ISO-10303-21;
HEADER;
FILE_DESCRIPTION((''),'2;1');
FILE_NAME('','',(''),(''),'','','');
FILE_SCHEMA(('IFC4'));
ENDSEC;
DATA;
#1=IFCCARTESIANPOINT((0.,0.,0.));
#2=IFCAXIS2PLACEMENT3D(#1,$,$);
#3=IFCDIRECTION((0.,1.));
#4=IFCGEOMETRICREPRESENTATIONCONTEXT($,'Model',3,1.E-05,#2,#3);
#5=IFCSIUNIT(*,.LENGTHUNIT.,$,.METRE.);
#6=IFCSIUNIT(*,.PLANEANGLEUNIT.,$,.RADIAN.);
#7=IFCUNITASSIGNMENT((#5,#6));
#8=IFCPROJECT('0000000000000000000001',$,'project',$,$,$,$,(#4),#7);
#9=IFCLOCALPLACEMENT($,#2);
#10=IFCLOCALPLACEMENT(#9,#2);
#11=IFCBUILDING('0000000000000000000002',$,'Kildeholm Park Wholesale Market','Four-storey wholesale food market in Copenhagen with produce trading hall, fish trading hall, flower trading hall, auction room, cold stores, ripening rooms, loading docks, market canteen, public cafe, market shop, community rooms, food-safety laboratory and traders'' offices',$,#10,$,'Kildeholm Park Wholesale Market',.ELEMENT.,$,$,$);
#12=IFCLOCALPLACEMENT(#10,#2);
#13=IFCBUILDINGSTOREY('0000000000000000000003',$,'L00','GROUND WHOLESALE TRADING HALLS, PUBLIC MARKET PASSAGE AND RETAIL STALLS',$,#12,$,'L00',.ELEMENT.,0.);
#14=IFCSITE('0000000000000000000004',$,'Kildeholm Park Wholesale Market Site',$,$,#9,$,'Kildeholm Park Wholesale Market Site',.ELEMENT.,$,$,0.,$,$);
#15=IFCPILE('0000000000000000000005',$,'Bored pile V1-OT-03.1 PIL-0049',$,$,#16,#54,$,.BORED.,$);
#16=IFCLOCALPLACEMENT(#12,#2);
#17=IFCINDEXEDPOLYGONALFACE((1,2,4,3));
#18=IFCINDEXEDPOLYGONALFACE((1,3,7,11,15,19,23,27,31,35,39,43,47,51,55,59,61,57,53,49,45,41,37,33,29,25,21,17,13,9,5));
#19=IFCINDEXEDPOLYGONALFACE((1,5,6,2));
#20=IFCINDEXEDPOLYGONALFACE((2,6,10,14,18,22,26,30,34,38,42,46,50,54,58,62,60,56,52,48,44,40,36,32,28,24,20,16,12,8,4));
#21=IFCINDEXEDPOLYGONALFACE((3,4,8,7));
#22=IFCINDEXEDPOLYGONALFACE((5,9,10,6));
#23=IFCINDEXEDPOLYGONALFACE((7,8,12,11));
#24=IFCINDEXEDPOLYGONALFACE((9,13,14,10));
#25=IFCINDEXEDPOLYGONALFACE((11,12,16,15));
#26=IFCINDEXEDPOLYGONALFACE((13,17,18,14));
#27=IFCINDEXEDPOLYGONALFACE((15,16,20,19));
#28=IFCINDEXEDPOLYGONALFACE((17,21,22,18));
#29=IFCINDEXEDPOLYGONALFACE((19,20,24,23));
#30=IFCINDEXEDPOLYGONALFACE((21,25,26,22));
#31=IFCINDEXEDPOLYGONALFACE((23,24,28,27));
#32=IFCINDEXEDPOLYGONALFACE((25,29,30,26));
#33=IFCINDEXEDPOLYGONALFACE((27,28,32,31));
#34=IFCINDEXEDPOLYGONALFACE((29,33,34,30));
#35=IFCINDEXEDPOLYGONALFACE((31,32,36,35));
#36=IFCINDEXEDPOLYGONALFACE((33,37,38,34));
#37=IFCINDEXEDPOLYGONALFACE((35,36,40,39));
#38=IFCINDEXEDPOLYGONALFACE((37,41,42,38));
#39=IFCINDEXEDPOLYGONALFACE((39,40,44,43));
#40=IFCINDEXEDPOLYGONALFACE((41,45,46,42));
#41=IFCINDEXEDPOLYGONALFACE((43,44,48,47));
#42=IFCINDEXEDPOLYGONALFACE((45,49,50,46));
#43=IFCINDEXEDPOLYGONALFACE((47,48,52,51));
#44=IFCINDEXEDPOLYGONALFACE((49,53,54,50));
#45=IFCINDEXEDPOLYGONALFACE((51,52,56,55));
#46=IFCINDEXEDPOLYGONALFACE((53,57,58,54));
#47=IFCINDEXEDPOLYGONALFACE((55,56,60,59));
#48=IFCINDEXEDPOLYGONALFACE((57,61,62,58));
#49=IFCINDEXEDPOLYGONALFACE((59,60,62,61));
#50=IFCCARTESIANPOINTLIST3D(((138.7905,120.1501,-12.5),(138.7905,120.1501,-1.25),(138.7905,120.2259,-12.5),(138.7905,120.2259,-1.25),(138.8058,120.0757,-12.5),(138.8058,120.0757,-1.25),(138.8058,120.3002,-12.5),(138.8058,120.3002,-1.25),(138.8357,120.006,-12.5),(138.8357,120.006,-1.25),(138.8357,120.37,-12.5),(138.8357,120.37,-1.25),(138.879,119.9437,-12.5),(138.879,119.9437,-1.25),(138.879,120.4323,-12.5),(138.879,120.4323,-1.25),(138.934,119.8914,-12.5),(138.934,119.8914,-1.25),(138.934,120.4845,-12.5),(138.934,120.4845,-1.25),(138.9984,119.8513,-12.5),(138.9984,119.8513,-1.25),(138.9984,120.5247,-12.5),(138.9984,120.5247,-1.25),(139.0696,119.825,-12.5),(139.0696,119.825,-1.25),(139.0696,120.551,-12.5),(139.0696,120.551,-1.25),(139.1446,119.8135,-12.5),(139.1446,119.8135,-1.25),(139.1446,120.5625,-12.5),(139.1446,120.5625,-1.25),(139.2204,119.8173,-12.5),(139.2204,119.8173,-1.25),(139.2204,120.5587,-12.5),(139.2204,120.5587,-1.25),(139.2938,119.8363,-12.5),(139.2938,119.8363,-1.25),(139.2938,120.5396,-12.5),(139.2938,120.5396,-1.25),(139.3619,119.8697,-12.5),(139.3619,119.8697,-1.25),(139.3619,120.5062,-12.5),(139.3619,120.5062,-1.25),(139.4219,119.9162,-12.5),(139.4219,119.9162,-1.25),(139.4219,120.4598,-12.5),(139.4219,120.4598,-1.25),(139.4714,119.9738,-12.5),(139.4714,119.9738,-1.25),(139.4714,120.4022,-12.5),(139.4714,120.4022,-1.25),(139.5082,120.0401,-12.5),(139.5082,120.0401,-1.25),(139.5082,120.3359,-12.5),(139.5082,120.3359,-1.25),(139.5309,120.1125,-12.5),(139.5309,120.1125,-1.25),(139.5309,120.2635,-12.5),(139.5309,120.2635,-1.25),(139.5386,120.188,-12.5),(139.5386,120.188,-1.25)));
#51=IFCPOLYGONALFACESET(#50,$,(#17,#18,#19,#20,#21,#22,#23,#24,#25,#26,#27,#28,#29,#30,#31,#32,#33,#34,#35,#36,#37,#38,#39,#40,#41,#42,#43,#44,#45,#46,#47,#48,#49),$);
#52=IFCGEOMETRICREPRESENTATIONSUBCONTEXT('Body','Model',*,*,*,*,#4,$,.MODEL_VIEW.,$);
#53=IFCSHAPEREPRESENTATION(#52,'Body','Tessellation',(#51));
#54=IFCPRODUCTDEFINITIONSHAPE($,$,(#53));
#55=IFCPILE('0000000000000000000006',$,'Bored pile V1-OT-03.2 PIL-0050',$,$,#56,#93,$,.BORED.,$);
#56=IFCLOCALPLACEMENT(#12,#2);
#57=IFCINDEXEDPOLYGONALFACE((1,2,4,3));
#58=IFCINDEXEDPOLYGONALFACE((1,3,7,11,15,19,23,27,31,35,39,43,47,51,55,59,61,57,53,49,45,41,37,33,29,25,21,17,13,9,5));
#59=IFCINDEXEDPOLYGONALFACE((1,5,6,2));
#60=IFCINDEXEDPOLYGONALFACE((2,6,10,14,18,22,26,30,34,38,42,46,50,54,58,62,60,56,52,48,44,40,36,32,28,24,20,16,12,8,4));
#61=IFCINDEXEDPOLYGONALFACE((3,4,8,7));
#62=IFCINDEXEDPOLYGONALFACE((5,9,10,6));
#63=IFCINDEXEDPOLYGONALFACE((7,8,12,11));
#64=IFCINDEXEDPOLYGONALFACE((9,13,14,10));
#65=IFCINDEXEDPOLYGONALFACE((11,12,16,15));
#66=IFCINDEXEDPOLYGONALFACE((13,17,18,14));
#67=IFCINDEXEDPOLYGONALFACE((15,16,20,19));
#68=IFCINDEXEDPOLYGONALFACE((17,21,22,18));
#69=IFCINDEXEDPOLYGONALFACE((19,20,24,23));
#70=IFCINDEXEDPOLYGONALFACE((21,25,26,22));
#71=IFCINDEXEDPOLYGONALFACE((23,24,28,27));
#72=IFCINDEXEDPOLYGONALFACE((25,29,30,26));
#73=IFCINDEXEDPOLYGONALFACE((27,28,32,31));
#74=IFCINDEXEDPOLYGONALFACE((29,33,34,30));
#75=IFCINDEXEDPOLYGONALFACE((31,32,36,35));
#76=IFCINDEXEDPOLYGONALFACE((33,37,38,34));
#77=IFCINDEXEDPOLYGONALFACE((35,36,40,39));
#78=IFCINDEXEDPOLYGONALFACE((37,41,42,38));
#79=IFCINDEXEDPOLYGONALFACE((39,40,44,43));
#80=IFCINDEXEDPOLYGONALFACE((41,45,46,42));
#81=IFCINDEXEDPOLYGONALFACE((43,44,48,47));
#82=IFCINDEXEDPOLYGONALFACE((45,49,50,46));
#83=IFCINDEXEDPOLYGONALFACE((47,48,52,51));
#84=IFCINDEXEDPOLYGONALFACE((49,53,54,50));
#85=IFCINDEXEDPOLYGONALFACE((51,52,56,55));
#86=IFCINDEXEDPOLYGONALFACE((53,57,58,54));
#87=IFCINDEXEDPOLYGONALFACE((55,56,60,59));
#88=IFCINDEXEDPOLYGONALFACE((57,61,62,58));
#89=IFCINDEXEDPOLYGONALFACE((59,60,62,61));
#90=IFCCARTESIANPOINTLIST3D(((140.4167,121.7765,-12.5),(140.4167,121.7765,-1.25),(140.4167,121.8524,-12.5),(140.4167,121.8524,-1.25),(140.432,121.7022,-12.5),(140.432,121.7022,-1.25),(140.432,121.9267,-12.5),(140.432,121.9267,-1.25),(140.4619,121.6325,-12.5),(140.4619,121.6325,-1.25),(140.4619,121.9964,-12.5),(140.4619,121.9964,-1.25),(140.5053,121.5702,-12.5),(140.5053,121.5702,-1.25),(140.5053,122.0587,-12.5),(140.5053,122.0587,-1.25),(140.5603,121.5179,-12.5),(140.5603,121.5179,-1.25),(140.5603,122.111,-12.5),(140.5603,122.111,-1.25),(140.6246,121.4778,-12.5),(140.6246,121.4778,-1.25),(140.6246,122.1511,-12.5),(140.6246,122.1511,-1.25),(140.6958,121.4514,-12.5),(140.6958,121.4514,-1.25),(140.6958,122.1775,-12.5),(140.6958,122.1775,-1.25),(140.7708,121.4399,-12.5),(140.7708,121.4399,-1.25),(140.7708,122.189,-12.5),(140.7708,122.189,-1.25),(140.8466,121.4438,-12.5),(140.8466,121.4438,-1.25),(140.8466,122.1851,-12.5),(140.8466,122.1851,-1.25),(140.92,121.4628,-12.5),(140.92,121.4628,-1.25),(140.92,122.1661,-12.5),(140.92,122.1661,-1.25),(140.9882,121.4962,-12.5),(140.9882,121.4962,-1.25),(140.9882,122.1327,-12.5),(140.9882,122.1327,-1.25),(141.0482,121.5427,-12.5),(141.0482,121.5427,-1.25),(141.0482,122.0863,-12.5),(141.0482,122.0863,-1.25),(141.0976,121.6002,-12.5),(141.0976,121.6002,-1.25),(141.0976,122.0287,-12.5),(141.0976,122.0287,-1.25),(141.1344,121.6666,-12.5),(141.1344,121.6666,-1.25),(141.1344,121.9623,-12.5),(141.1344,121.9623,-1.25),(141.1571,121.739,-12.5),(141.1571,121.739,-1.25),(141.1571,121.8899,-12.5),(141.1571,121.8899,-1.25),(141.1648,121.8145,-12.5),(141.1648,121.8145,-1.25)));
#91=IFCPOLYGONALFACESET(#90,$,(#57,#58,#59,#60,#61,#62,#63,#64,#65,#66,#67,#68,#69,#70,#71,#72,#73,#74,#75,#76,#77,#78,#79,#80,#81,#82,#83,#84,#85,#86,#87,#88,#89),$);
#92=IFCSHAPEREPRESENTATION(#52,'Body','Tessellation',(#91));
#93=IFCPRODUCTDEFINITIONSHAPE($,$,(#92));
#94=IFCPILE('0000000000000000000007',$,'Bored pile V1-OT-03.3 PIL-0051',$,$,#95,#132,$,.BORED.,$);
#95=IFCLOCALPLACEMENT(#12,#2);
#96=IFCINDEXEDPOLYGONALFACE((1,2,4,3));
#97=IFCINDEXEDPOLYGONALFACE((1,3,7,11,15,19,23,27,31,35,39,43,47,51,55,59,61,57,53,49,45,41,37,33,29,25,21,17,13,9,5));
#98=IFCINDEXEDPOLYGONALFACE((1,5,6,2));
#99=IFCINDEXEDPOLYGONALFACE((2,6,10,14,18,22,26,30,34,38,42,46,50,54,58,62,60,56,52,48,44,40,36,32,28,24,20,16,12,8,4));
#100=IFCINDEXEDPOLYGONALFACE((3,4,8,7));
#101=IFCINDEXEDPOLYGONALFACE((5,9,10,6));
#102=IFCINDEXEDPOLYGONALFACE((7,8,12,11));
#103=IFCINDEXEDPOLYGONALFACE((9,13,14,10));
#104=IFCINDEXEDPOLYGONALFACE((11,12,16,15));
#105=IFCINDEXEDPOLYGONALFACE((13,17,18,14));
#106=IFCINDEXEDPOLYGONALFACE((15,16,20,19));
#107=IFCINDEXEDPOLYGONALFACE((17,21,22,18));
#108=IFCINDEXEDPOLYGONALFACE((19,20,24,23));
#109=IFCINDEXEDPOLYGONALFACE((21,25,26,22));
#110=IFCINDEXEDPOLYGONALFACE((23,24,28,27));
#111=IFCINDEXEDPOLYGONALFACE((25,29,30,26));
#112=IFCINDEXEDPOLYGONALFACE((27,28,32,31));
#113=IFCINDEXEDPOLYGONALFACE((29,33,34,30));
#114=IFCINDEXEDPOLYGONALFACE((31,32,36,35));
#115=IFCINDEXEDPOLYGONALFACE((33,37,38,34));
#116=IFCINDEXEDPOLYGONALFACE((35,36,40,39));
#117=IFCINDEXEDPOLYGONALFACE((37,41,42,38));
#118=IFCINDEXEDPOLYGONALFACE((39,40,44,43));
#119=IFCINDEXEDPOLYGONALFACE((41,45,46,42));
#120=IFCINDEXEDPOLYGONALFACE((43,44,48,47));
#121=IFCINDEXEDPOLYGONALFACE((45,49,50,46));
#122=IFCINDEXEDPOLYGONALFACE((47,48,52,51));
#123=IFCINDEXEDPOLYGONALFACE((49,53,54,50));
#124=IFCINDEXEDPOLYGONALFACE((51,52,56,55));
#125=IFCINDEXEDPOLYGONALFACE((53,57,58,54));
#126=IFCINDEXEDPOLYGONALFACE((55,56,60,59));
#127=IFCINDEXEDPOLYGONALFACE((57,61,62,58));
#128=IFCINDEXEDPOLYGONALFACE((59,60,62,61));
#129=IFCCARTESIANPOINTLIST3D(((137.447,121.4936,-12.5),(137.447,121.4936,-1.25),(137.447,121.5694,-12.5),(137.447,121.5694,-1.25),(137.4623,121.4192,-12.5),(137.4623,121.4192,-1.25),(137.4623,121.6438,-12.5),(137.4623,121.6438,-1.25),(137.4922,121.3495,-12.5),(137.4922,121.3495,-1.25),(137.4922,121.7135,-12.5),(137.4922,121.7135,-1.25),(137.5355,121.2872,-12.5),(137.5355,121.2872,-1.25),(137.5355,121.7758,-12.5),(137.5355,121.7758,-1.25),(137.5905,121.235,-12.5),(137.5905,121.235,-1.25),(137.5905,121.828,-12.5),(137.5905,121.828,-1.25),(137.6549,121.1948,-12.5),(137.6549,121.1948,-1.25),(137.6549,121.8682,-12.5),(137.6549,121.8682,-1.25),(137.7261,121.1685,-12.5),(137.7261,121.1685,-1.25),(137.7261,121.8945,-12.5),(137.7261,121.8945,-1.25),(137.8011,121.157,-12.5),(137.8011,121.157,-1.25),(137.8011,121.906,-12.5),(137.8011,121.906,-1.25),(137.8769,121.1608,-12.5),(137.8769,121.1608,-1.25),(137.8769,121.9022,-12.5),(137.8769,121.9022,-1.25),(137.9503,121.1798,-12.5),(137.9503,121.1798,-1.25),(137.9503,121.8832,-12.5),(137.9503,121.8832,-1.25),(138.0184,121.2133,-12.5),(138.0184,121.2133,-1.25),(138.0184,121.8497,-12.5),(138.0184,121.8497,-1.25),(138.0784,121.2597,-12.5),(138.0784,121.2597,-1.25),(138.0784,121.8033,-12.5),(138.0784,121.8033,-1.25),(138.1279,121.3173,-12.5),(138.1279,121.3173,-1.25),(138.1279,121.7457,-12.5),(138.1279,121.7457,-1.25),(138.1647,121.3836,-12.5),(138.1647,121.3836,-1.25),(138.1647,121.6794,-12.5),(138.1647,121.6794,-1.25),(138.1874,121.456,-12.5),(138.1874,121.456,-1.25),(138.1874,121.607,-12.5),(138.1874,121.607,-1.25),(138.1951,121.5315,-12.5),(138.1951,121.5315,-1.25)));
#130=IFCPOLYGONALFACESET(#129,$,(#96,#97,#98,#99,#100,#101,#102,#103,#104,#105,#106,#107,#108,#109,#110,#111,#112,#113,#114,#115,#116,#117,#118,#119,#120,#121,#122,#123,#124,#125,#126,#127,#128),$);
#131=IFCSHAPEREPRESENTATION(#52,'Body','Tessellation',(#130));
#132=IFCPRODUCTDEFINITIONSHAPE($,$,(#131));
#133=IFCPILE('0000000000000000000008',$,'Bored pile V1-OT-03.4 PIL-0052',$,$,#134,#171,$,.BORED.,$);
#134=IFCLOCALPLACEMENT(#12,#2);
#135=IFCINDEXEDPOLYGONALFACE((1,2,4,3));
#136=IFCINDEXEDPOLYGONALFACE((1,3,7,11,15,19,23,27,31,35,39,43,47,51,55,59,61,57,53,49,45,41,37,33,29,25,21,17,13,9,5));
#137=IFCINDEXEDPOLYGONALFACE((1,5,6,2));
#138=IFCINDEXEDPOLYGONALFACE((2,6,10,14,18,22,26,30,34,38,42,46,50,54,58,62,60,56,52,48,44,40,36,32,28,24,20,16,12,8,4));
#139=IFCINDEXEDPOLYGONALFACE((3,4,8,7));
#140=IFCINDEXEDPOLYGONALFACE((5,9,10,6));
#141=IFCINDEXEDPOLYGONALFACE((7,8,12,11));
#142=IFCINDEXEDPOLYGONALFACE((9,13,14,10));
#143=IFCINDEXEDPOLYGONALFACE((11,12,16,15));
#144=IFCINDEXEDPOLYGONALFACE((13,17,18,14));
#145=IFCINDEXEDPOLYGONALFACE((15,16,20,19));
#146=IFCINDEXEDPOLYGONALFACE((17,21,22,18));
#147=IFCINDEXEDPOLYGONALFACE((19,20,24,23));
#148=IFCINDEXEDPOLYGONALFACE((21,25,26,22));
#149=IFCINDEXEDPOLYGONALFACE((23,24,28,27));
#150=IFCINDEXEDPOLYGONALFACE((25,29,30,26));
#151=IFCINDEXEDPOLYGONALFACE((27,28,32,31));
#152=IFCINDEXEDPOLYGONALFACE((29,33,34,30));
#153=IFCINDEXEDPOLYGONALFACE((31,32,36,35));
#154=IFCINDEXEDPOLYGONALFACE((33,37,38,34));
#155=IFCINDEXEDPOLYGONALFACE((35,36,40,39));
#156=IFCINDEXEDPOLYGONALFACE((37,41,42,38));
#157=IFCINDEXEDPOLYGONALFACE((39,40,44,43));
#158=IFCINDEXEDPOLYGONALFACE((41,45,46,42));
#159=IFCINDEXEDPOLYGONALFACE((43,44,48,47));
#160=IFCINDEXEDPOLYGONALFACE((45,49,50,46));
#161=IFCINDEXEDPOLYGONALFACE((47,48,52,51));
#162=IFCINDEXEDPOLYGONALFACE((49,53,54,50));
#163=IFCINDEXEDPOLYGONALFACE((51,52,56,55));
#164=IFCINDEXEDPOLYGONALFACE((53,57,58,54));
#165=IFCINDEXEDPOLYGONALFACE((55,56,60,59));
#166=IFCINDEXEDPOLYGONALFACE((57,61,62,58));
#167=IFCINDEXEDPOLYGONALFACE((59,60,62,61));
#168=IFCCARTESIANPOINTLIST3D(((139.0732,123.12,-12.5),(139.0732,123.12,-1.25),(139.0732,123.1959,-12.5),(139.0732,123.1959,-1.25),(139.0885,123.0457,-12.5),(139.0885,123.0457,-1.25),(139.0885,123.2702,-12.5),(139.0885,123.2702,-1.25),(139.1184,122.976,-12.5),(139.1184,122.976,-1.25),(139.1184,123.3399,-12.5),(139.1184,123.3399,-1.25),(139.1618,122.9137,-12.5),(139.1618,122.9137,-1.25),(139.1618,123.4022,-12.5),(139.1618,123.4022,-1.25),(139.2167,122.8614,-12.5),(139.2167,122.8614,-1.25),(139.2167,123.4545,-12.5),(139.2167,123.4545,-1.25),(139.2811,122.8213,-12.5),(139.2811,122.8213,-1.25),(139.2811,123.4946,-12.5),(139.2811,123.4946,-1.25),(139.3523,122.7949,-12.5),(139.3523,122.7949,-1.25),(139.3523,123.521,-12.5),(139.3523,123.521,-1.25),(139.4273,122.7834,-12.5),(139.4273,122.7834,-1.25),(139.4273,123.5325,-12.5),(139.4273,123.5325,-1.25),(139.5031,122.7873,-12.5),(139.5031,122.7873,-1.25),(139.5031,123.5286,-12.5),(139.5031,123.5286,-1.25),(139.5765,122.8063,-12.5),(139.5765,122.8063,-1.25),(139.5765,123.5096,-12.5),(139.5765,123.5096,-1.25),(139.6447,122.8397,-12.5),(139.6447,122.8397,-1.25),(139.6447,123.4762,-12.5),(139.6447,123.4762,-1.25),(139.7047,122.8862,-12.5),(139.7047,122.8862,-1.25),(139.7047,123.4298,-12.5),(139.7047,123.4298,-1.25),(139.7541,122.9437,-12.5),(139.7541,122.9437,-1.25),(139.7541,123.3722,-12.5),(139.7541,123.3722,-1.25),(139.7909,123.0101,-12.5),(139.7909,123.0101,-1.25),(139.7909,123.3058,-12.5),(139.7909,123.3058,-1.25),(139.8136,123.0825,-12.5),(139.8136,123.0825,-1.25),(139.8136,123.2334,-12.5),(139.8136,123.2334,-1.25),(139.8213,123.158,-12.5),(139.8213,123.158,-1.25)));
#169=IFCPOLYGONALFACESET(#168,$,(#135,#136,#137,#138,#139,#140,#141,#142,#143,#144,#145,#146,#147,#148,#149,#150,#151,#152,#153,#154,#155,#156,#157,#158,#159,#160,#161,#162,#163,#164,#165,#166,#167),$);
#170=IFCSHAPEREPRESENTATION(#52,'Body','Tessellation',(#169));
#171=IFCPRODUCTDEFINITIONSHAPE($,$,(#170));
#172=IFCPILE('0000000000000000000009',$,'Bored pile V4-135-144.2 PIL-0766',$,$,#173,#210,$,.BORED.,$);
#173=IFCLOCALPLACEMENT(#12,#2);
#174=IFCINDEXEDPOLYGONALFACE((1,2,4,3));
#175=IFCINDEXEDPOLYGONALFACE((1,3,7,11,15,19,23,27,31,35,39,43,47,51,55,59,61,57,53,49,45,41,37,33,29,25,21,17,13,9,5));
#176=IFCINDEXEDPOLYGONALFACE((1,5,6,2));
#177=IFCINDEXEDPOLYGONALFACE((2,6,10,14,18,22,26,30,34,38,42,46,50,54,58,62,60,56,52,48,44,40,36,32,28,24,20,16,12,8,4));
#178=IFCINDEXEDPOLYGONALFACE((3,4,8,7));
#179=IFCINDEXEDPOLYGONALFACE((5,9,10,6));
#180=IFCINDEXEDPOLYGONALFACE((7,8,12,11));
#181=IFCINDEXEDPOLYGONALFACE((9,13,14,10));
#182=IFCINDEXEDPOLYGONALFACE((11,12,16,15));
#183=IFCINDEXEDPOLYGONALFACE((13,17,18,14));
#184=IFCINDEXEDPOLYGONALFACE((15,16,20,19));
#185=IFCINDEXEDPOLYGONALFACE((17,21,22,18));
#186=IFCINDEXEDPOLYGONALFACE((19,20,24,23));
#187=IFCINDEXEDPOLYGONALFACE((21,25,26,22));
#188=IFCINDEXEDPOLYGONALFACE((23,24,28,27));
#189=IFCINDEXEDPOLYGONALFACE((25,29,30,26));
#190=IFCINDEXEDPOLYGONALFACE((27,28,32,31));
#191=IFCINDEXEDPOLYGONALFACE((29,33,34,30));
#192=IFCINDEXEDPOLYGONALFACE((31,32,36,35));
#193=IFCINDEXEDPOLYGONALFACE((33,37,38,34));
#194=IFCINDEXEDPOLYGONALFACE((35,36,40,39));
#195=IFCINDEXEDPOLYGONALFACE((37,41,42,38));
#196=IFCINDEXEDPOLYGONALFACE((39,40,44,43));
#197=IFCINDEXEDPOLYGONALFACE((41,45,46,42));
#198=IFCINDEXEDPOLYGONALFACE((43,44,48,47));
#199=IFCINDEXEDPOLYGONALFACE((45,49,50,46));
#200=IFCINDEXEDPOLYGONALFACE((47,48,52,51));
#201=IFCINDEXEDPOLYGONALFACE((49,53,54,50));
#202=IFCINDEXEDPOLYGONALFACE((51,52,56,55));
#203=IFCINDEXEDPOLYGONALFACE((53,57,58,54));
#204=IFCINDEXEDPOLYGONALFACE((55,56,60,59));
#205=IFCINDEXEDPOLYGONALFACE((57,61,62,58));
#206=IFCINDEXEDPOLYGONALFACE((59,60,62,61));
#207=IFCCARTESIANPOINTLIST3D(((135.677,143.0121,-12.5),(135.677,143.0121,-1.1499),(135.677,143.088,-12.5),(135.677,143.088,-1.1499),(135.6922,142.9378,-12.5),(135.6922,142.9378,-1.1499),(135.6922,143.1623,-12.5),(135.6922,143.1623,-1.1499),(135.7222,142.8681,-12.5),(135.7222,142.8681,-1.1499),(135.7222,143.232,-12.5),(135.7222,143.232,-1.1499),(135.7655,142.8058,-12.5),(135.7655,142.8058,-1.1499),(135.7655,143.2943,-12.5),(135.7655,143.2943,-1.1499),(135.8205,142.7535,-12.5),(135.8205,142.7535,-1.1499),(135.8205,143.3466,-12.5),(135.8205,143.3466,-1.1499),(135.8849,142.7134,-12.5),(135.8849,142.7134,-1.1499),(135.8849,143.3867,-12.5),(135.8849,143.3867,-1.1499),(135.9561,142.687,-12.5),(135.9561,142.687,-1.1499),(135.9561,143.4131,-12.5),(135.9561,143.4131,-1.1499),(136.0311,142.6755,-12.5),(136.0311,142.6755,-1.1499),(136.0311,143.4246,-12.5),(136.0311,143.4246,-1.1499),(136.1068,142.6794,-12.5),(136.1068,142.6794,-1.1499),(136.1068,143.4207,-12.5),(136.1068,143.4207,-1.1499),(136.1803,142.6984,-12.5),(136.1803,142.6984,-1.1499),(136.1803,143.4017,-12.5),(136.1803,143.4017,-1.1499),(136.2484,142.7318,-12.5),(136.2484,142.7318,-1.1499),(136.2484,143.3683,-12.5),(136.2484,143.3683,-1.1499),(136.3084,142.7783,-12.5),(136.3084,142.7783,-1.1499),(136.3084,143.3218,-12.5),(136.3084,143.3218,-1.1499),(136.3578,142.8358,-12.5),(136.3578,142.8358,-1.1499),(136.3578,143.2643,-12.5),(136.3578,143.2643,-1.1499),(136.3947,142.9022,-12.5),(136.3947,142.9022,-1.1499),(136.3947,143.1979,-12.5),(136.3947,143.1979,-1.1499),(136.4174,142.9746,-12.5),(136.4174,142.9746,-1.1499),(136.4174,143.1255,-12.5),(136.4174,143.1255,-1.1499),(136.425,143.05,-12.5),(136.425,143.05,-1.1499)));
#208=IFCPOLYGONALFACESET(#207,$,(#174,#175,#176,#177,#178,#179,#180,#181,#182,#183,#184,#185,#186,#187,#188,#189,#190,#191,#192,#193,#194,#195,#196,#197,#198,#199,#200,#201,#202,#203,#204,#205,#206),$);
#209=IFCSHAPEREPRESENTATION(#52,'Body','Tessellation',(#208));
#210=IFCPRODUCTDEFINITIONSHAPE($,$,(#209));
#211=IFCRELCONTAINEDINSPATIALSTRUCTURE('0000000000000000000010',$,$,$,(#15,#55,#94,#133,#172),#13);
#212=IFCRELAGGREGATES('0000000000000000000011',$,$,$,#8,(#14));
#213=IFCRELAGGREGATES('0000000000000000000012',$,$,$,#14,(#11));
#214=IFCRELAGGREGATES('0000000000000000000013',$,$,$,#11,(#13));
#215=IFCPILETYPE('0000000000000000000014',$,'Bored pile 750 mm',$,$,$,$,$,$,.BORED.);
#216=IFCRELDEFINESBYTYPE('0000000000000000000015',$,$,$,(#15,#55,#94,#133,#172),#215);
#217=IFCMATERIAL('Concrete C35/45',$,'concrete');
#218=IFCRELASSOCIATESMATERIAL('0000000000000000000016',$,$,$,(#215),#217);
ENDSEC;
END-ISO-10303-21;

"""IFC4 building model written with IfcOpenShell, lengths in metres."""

from ifc_helpers import new_model, si_unit, direction, frame, origin, origin_2d, place, context, subcontext, project, spatial, circle, extrude, material, material_profile, profile_set, type_object, element, save


model = new_model("IFC4")

# Units and contexts
model_context = context("Model", 3, precision=1e-05, world=origin(), true_north=direction((0.0, 1.0)))
body_context = subcontext(model_context, "Body", "Model", "MODEL_VIEW")
ifc_project = project(units=[si_unit("LENGTHUNIT", "METRE"), si_unit("PLANEANGLEUNIT", "RADIAN")], contexts=[model_context])

# Site, building, storey
site_placement = place(None, origin())
site = spatial("IfcSite", under=ifc_project, at=site_placement, Name="Kildeholm Park Wholesale Market Site", LongName="Kildeholm Park Wholesale Market Site", CompositionType="ELEMENT", RefElevation=0.0)
building_placement = place(site_placement, origin())
building = spatial("IfcBuilding", under=site, at=building_placement, Name="Kildeholm Park Wholesale Market", Description="Four-storey wholesale food market in Copenhagen with produce trading hall, fish trading hall, flower trading hall, auction room, cold stores, ripening rooms, loading docks, market canteen, public cafe, market shop, community rooms, food-safety laboratory and traders' offices", LongName="Kildeholm Park Wholesale Market", CompositionType="ELEMENT")
storey_placement = place(building_placement, origin())
storey = spatial("IfcBuildingStorey", under=building, at=storey_placement, Name="L00", Description="GROUND WHOLESALE TRADING HALLS, PUBLIC MARKET PASSAGE AND RETAIL STALLS", LongName="L00", CompositionType="ELEMENT", Elevation=0.0)

# Piles
ifc_material_1 = material(Name="Concrete C35/45", Category="concrete")
ifc_material_profile_1 = material_profile(ifc_material_1, circle(Radius=0.375, at=origin_2d()), Name="PILE D750")
ifc_profile_set_1 = profile_set([ifc_material_profile_1], Name="Concrete C35/45")
pile_type = type_object("IfcPileType", Name="Bored pile 750 mm", PredefinedType="BORED", material=ifc_profile_set_1)
for number, where, z_axis, x_axis, name in (
    (1, (139.1636, 120.188, -1.25), (0.0, 0.0, -1.0), (1.0, 0.0, 0.0), "Bored pile V1-OT-03.1 PIL-0049"),
    (2, (140.7898, 121.8145, -1.25), (0.0, 0.0, -1.0), (1.0, 0.0, 0.0), "Bored pile V1-OT-03.2 PIL-0050"),
    (3, (137.8201, 121.5315, -1.25), (0.0, 0.0, -1.0), (1.0, 0.0, 0.0), "Bored pile V1-OT-03.3 PIL-0051"),
    (4, (139.4463, 123.158, -1.25), (0.0, 0.0, -1.0), (1.0, 0.0, 0.0), "Bored pile V1-OT-03.4 PIL-0052"),
):
    element("IfcPile", number, at=place(storey_placement, frame(where, z_axis=z_axis, x_axis=x_axis)), inside=storey, type_object=pile_type, Name=name, PredefinedType="BORED", context=body_context, shape_type="SweptSolid", body=[
        extrude(circle(Radius=0.375, at=origin_2d()), origin(), (0.0, 0.0, 1.0), 11.25),
    ])
for number, where, z_axis, x_axis, name in (
    (5, (136.05, 143.05, -1.1499), (0.0, 0.0, -1.0), (1.0, 0.0, 0.0), "Bored pile V4-135-144.2 PIL-0766"),
):
    element("IfcPile", number, at=place(storey_placement, frame(where, z_axis=z_axis, x_axis=x_axis)), inside=storey, type_object=pile_type, Name=name, PredefinedType="BORED", context=body_context, shape_type="SweptSolid", body=[
        extrude(circle(Radius=0.375, at=origin_2d()), origin(), (0.0, 0.0, 1.0), 11.3501),
    ])

save(model, "model.ifc")
